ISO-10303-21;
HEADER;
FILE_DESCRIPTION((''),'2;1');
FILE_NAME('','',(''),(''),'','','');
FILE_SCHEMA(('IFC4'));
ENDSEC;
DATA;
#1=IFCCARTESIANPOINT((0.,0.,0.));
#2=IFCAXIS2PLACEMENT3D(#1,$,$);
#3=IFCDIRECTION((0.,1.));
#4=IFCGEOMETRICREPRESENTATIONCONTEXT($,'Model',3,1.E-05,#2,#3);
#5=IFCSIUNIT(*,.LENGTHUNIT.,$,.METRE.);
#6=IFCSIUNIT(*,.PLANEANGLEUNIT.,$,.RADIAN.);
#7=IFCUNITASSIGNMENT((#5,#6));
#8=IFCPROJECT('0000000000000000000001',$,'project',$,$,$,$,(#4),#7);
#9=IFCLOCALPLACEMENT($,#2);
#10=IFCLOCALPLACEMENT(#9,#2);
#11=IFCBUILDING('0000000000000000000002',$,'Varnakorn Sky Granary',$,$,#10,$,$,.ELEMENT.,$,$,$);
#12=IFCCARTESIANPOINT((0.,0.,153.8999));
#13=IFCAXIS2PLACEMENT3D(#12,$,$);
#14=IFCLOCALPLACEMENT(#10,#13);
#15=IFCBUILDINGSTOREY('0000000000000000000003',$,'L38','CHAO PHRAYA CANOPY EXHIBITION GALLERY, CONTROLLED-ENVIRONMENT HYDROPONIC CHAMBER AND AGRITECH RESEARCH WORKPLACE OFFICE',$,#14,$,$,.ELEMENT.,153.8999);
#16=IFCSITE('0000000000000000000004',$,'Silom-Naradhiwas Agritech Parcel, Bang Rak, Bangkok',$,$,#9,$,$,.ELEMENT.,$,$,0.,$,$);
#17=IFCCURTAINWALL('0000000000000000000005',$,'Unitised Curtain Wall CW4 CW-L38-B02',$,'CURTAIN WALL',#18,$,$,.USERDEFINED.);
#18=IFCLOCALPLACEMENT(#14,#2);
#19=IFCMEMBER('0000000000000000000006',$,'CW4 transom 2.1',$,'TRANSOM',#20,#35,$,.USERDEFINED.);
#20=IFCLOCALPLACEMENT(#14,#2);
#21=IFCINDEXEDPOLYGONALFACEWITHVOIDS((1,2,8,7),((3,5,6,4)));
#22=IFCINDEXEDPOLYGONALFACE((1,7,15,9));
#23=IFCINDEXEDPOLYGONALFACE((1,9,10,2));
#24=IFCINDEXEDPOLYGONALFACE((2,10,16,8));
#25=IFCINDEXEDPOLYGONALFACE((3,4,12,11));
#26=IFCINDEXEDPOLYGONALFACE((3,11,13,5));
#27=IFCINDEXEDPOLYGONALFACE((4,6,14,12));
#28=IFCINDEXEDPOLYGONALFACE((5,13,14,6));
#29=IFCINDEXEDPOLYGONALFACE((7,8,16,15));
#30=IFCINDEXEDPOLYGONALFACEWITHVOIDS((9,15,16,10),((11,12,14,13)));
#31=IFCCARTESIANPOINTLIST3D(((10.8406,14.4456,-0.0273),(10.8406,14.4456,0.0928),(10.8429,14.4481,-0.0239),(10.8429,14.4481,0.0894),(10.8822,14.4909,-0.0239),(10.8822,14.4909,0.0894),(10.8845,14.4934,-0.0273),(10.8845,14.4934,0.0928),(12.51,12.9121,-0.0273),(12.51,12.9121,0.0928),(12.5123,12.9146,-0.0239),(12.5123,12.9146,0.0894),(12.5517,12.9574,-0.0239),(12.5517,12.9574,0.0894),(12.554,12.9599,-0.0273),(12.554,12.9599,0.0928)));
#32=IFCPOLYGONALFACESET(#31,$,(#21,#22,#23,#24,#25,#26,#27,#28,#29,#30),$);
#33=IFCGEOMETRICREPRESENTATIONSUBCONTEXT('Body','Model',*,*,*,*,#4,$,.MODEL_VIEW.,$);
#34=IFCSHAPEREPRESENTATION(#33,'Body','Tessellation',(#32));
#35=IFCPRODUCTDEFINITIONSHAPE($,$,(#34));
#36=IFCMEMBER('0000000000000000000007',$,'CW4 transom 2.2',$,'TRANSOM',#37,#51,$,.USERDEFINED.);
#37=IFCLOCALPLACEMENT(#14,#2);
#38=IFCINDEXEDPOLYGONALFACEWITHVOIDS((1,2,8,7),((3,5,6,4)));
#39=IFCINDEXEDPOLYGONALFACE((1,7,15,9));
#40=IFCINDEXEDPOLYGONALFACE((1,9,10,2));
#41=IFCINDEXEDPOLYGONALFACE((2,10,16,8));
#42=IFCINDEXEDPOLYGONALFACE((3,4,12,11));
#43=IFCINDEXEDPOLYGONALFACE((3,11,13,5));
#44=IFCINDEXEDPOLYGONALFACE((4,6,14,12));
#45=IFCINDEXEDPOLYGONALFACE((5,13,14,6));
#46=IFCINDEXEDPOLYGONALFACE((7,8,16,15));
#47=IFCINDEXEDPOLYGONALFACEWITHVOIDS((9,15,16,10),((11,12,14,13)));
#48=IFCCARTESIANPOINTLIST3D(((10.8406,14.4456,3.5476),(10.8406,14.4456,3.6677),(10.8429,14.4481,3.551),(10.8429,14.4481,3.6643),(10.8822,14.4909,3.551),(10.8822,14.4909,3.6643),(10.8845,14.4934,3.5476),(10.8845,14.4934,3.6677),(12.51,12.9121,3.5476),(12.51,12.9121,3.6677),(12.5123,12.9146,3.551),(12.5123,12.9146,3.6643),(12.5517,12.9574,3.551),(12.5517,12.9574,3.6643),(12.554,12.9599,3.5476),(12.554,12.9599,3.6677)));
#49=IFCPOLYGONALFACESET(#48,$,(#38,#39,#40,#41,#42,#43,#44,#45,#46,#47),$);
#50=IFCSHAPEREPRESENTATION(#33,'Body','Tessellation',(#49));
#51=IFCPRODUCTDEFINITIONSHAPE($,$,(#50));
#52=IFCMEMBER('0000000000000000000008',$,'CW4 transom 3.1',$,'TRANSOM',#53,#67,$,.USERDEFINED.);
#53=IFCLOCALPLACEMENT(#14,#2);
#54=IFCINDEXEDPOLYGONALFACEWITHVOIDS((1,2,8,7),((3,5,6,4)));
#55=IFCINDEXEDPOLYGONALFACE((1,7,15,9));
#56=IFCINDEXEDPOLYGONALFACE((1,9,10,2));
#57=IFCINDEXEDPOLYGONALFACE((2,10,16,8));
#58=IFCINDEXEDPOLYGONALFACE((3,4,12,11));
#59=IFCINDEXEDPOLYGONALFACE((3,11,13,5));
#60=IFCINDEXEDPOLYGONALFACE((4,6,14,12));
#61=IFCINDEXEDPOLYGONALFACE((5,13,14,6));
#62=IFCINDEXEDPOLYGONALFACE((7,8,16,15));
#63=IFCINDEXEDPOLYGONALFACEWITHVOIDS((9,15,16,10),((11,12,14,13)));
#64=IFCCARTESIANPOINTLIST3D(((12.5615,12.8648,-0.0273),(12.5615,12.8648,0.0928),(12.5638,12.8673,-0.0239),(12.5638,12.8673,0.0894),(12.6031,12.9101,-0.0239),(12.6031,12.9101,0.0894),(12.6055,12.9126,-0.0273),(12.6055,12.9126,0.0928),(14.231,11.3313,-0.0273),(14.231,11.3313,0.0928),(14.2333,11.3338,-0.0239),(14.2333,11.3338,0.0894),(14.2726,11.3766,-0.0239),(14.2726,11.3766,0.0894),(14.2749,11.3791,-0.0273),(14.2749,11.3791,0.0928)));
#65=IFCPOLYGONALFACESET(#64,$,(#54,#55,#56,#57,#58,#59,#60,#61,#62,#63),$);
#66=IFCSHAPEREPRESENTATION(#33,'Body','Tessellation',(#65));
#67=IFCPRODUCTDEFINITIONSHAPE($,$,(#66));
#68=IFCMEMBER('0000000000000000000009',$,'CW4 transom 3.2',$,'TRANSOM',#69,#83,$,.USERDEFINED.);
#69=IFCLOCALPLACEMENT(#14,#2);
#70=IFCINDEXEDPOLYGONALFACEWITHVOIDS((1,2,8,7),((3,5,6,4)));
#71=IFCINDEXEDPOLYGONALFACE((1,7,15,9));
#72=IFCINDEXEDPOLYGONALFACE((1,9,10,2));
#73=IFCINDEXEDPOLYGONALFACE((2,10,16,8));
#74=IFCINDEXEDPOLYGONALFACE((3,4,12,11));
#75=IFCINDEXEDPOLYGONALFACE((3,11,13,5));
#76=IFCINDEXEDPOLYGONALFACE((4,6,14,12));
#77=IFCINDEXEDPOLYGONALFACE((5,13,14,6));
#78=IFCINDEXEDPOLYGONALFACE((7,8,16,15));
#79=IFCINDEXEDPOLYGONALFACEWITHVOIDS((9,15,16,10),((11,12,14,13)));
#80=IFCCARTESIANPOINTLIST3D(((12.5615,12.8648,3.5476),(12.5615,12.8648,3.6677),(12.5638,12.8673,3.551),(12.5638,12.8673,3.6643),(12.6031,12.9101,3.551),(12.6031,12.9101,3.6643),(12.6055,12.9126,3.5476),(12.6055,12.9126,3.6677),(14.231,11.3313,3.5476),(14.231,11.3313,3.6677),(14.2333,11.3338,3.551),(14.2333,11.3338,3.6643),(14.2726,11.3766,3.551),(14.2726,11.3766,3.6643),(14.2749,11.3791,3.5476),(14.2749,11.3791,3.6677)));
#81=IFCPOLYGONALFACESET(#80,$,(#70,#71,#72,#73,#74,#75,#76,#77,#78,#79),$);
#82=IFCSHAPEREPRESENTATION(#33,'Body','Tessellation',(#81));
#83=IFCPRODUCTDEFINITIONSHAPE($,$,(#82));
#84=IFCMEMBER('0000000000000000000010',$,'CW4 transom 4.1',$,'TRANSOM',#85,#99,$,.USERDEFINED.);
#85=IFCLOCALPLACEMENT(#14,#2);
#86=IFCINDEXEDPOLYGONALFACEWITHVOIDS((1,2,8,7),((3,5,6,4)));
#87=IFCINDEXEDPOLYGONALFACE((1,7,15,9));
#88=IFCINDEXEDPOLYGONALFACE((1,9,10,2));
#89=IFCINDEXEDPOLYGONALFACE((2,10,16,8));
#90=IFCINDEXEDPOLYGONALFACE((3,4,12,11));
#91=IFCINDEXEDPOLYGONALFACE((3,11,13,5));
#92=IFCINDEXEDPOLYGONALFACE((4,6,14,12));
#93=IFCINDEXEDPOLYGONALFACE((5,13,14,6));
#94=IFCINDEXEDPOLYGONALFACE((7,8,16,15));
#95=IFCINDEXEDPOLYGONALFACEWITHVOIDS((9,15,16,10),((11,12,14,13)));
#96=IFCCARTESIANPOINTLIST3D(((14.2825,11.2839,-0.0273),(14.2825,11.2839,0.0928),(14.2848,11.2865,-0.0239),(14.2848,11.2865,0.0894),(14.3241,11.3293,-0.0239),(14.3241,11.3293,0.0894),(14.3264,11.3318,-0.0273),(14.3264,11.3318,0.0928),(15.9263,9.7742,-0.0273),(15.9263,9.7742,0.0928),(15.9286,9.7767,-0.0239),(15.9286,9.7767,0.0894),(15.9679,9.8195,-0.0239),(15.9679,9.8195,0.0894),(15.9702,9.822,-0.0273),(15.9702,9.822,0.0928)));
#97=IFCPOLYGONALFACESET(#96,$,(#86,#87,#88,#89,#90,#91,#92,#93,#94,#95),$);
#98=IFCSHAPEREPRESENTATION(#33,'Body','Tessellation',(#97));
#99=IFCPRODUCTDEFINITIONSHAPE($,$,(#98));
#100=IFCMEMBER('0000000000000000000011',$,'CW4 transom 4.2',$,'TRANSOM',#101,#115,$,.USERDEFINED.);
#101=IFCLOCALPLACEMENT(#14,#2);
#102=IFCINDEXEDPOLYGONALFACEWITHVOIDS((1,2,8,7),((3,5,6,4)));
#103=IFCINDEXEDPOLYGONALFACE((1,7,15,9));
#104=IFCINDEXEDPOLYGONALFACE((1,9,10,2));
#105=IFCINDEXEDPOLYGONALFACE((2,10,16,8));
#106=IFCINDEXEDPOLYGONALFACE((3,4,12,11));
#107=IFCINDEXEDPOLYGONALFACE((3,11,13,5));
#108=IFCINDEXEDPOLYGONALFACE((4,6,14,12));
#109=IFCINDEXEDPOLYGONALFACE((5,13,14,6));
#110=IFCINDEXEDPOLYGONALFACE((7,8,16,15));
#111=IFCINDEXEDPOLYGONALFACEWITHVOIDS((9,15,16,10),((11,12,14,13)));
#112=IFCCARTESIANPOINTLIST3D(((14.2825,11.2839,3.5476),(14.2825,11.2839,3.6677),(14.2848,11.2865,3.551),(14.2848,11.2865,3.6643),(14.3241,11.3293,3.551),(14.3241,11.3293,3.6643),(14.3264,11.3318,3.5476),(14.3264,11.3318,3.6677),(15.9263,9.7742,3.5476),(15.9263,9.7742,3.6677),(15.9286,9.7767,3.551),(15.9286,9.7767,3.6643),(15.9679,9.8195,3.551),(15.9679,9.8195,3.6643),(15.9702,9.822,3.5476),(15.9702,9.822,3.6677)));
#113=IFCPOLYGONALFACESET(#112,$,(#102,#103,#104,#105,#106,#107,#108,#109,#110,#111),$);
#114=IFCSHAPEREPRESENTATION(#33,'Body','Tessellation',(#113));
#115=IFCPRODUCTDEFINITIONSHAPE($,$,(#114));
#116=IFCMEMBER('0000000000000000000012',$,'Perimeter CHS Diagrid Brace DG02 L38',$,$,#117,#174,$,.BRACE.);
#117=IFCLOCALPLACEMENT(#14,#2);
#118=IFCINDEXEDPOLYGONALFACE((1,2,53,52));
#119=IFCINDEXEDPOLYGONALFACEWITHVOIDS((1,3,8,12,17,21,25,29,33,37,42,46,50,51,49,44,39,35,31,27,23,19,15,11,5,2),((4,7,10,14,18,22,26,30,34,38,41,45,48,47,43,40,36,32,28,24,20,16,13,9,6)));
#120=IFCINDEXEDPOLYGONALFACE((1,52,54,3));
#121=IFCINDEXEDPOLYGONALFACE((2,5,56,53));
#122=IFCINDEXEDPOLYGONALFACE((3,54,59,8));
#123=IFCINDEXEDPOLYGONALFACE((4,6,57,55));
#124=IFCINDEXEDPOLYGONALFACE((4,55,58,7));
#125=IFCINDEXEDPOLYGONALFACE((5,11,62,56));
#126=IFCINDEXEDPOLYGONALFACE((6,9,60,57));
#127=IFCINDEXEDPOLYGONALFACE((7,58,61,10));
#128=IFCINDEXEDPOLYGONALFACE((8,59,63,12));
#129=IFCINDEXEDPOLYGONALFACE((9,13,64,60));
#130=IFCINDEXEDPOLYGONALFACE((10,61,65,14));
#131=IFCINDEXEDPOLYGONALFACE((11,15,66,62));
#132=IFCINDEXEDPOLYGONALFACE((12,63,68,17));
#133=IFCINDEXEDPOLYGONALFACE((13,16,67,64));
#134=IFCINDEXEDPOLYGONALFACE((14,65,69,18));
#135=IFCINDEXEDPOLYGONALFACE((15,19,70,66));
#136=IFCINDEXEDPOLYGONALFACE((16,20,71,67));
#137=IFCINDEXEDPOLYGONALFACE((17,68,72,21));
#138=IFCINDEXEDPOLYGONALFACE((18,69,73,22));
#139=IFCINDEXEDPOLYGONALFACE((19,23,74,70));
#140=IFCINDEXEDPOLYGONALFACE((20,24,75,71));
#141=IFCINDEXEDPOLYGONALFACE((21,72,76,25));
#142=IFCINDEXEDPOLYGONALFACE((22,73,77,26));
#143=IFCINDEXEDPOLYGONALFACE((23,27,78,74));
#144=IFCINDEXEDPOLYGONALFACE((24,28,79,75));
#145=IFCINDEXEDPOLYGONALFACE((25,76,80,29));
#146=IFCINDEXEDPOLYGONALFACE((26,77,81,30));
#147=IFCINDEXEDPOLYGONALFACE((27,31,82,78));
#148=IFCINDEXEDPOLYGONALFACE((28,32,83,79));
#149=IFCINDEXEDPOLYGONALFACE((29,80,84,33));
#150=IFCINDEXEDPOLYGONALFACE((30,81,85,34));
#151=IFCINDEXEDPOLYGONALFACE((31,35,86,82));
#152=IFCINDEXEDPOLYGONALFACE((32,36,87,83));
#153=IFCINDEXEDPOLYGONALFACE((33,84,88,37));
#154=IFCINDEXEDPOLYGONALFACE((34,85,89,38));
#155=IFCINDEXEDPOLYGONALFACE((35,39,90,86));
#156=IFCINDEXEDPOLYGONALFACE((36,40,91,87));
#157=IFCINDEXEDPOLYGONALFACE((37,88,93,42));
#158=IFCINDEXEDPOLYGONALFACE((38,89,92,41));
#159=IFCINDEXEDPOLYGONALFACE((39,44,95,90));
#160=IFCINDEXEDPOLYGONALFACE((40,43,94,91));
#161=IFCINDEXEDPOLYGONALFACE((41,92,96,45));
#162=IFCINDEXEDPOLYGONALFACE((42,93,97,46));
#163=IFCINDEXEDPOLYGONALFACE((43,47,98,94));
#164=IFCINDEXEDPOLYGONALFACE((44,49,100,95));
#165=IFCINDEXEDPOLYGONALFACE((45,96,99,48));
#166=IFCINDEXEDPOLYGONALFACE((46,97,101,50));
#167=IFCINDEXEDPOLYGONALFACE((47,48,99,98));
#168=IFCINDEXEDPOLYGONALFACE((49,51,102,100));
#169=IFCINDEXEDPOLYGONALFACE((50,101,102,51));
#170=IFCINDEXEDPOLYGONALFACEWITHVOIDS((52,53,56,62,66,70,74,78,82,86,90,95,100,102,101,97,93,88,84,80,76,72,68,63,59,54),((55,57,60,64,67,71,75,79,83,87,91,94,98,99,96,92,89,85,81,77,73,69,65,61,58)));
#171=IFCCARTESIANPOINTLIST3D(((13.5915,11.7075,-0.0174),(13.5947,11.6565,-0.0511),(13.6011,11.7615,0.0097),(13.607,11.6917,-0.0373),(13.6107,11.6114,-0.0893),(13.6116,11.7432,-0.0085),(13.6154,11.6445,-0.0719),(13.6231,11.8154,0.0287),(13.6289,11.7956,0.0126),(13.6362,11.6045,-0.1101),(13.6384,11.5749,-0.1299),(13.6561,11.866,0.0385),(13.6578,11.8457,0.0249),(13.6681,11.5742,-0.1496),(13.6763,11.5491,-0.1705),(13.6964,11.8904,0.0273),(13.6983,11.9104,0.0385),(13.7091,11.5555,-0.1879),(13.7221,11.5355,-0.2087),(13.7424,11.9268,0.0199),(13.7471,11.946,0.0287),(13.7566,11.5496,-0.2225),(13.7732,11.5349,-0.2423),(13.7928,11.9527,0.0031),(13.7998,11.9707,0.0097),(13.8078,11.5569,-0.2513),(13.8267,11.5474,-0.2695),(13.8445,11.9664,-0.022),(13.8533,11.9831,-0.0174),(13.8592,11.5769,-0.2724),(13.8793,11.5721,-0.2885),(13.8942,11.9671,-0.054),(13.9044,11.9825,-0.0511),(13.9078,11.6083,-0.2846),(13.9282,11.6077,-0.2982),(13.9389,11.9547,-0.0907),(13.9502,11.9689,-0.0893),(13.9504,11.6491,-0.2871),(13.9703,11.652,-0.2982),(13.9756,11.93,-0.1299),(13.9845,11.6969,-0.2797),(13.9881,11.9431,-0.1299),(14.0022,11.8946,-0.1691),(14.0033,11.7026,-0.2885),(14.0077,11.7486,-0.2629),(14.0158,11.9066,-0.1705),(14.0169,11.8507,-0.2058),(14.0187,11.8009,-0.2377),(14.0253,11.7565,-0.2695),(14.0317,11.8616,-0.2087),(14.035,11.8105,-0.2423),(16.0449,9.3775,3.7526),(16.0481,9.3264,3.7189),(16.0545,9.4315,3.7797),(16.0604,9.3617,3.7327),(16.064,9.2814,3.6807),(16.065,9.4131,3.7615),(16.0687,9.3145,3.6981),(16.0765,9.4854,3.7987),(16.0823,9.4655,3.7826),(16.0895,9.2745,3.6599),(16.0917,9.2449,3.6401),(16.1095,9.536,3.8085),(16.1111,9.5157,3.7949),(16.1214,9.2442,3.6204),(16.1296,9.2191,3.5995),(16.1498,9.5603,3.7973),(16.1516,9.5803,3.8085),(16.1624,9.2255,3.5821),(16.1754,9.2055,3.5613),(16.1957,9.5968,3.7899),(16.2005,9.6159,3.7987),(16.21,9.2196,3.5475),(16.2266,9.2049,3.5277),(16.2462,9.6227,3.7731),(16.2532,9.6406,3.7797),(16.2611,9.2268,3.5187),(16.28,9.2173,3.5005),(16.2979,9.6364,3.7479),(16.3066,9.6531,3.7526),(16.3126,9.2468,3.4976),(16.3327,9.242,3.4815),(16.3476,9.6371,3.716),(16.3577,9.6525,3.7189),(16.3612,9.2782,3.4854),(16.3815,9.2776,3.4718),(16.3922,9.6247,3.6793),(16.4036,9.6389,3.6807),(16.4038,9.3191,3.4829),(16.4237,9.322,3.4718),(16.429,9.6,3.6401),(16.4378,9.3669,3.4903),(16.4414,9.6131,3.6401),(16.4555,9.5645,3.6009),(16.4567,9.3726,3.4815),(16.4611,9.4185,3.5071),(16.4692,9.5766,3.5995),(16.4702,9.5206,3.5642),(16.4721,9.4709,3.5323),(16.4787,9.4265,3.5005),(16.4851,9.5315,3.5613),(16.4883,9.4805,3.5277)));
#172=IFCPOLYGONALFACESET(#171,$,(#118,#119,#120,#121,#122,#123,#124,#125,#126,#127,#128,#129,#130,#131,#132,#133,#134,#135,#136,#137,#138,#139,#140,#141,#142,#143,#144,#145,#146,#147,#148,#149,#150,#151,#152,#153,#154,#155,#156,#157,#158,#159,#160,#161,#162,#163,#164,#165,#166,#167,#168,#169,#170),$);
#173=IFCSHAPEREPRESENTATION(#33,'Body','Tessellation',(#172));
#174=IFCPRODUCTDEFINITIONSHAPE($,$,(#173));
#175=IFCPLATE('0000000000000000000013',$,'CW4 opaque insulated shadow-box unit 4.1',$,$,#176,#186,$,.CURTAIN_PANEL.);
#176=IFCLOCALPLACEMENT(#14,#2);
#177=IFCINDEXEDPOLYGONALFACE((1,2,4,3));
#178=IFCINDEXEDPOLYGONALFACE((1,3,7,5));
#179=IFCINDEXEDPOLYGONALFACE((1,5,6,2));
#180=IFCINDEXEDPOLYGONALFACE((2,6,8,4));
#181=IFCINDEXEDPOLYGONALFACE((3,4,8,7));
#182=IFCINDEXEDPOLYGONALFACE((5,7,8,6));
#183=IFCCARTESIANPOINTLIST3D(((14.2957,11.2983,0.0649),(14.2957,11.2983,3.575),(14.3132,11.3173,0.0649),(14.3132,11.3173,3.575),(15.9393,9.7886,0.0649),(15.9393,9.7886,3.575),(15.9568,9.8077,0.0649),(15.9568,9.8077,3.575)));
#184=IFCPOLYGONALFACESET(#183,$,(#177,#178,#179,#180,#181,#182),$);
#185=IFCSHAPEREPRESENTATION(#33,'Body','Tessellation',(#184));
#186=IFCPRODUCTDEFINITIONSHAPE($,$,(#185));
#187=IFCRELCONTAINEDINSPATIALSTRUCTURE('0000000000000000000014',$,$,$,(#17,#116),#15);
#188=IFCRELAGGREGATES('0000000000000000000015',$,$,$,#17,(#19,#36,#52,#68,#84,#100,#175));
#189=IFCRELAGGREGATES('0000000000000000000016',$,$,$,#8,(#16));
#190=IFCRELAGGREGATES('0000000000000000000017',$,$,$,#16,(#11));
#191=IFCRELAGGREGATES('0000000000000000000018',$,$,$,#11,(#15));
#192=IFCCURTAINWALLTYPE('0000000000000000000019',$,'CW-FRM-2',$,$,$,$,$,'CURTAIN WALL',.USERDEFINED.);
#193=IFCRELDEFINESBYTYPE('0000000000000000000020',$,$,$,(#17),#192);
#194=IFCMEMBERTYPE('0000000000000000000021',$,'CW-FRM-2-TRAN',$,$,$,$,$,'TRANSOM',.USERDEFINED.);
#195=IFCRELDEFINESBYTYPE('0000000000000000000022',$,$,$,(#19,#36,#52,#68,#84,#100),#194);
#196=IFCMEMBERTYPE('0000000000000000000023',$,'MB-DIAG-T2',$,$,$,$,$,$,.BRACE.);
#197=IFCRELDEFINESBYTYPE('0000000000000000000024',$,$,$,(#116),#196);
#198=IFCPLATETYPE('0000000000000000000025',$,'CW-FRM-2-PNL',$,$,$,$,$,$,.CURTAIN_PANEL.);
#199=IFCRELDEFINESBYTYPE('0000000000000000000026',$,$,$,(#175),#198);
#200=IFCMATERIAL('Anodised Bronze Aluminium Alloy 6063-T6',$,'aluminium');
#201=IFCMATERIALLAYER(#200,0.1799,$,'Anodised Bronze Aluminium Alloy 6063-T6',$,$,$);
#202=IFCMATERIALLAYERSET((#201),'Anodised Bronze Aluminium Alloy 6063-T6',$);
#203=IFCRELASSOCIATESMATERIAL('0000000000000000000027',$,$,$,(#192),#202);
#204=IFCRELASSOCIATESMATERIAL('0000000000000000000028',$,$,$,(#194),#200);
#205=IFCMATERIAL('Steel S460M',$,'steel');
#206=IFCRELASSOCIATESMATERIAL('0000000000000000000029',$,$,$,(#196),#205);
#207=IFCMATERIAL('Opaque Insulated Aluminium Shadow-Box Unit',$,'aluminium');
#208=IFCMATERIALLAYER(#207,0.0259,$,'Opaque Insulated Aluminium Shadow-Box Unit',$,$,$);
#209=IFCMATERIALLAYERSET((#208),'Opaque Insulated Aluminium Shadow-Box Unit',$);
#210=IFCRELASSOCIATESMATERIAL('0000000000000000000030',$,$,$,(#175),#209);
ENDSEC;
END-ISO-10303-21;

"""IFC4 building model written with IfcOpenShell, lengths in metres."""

from ifc_helpers import new_model, si_unit, direction, frame, origin, origin_2d, place, context, subcontext, project, spatial, rectangle, hollow_rectangle, hollow_circle, extrude, source, transform, mapped, material, layer, layer_set, material_profile, profile_set, type_object, element, aggregate, save


model = new_model("IFC4")

# Units and contexts
model_context = context("Model", 3, precision=1e-05, world=origin(), true_north=direction((0.0, 1.0)))
body_context = subcontext(model_context, "Body", "Model", "MODEL_VIEW")
ifc_project = project(units=[si_unit("LENGTHUNIT", "METRE"), si_unit("PLANEANGLEUNIT", "RADIAN")], contexts=[model_context])

# Site, building, storey
site_placement = place(None, origin())
site = spatial("IfcSite", under=ifc_project, at=site_placement, Name="Silom-Naradhiwas Agritech Parcel, Bang Rak, Bangkok", CompositionType="ELEMENT", RefElevation=0.0)
building_placement = place(site_placement, origin())
building = spatial("IfcBuilding", under=site, at=building_placement, Name="Varnakorn Sky Granary", CompositionType="ELEMENT")
storey_placement = place(building_placement, frame((0.0, 0.0, 153.8999)))
storey = spatial("IfcBuildingStorey", under=building, at=storey_placement, Name="L38", Description="CHAO PHRAYA CANOPY EXHIBITION GALLERY, CONTROLLED-ENVIRONMENT HYDROPONIC CHAMBER AND AGRITECH RESEARCH WORKPLACE OFFICE", CompositionType="ELEMENT", Elevation=153.8999)

# Shared definitions
ifc_material_1 = material(Name="Steel S460M", Category="steel")

# Curtain wall, members
ifc_material_2 = material(Name="Anodised Bronze Aluminium Alloy 6063-T6", Category="aluminium")
ifc_layer_1 = layer(ifc_material_2, 0.1799, Name="Anodised Bronze Aluminium Alloy 6063-T6")
ifc_layer_set_1 = layer_set([ifc_layer_1], Name="Anodised Bronze Aluminium Alloy 6063-T6")
curtain_wall_type = type_object("IfcCurtainWallType", Name="CW-FRM-2", ElementType="CURTAIN WALL", PredefinedType="USERDEFINED", material=ifc_layer_set_1)
curtain_wall_placement = place(storey_placement, origin())
curtain_wall = element("IfcCurtainWall", 1, at=curtain_wall_placement, inside=storey, type_object=curtain_wall_type, Name="Unitised Curtain Wall CW4 CW-L38-B02", ObjectType="CURTAIN WALL", PredefinedType="USERDEFINED")
ifc_material_profile_1 = material_profile(ifc_material_2, hollow_rectangle(XDim=0.0649, YDim=0.1201, WallThickness=0.0034, at=origin_2d()), Name="ALU TRAN 65x120")
ifc_profile_set_1 = profile_set([ifc_material_profile_1], Name="Anodised Bronze Aluminium Alloy 6063-T6")
member_type_1 = type_object("IfcMemberType", Name="CW-FRM-2-TRAN", ElementType="TRANSOM", PredefinedType="USERDEFINED", material=ifc_profile_set_1)
member_1_placement = place(storey_placement, frame((10.8625, 14.4695, 0.0327), z_axis=(0.736465, -0.676475, 0.0), x_axis=(0.676475, 0.736465, 0.0)))
member_1 = element("IfcMember", 2, at=member_1_placement, type_object=member_type_1, Name="CW4 transom 2.1", ObjectType="TRANSOM", PredefinedType="USERDEFINED", context=body_context, shape_type="SweptSolid", body=[
    extrude(hollow_rectangle(XDim=0.0649, YDim=0.1201, WallThickness=0.0034, at=origin_2d()), origin(), (0.0, 0.0, 1.0), 2.2668),
])
member_2_placement = place(storey_placement, frame((10.8625, 14.4695, 3.6077), z_axis=(0.736465, -0.676475, 0.0), x_axis=(0.676475, 0.736465, 0.0)))
member_2 = element("IfcMember", 3, at=member_2_placement, type_object=member_type_1, Name="CW4 transom 2.2", ObjectType="TRANSOM", PredefinedType="USERDEFINED", context=body_context, shape_type="SweptSolid", body=[
    extrude(hollow_rectangle(XDim=0.0649, YDim=0.1201, WallThickness=0.0034, at=origin_2d()), origin(), (0.0, 0.0, 1.0), 2.2668),
])
member_3_placement = place(storey_placement, frame((12.5835, 12.8887, 0.0327), z_axis=(0.736465, -0.676475, 0.0), x_axis=(0.676475, 0.736465, 0.0)))
member_3 = element("IfcMember", 4, at=member_3_placement, type_object=member_type_1, Name="CW4 transom 3.1", ObjectType="TRANSOM", PredefinedType="USERDEFINED", context=body_context, shape_type="SweptSolid", body=[
    extrude(hollow_rectangle(XDim=0.0649, YDim=0.1201, WallThickness=0.0034, at=origin_2d()), origin(), (0.0, 0.0, 1.0), 2.2668),
])
member_4_placement = place(storey_placement, frame((12.5835, 12.8887, 3.6077), z_axis=(0.736465, -0.676475, 0.0), x_axis=(0.676475, 0.736465, 0.0)))
member_4 = element("IfcMember", 5, at=member_4_placement, type_object=member_type_1, Name="CW4 transom 3.2", ObjectType="TRANSOM", PredefinedType="USERDEFINED", context=body_context, shape_type="SweptSolid", body=[
    extrude(hollow_rectangle(XDim=0.0649, YDim=0.1201, WallThickness=0.0034, at=origin_2d()), origin(), (0.0, 0.0, 1.0), 2.2668),
])
member_5_placement = place(storey_placement, frame((14.3044, 11.3079, 0.0327), z_axis=(0.736495, -0.676443, 0.0), x_axis=(0.676443, 0.736495, 0.0)))
member_5 = element("IfcMember", 6, at=member_5_placement, type_object=member_type_1, Name="CW4 transom 4.1", ObjectType="TRANSOM", PredefinedType="USERDEFINED", context=body_context, shape_type="SweptSolid", body=[
    extrude(hollow_rectangle(XDim=0.0649, YDim=0.1201, WallThickness=0.0034, at=origin_2d()), origin(), (0.0, 0.0, 1.0), 2.2319),
])
member_6_placement = place(storey_placement, frame((14.3044, 11.3079, 3.6077), z_axis=(0.736495, -0.676443, 0.0), x_axis=(0.676443, 0.736495, 0.0)))
member_6 = element("IfcMember", 7, at=member_6_placement, type_object=member_type_1, Name="CW4 transom 4.2", ObjectType="TRANSOM", PredefinedType="USERDEFINED", context=body_context, shape_type="SweptSolid", body=[
    extrude(hollow_rectangle(XDim=0.0649, YDim=0.1201, WallThickness=0.0034, at=origin_2d()), origin(), (0.0, 0.0, 1.0), 2.2319),
])

# Member
ifc_material_profile_2 = material_profile(ifc_material_1, hollow_circle(Radius=0.2539, WallThickness=0.0181, at=origin_2d()), Name="CHS 508x18")
ifc_profile_set_2 = profile_set([ifc_material_profile_2], Name="Steel S460M")
member_type_2 = type_object("IfcMemberType", Name="MB-DIAG-T2", PredefinedType="BRACE", material=ifc_profile_set_2)
member_7_placement = place(storey_placement, frame((13.8132, 11.759, -0.1299), z_axis=(0.48431, -0.459971, 0.744225), x_axis=(0.688653, 0.725091, 0.0)))
element("IfcMember", 8, at=member_7_placement, inside=storey, type_object=member_type_2, Name="Perimeter CHS Diagrid Brace DG02 L38", PredefinedType="BRACE", context=body_context, shape_type="SweptSolid", body=[
    extrude(hollow_circle(Radius=0.2539, WallThickness=0.0181, at=origin_2d()), origin(), (0.0, 0.0, 1.0), 5.0657),
])

# Plate
ifc_material_3 = material(Name="Opaque Insulated Aluminium Shadow-Box Unit", Category="aluminium")
ifc_layer_2 = layer(ifc_material_3, 0.0259, Name="Opaque Insulated Aluminium Shadow-Box Unit")
ifc_layer_set_2 = layer_set([ifc_layer_2], Name="Opaque Insulated Aluminium Shadow-Box Unit")
plate_type = type_object("IfcPlateType", Name="CW-FRM-2-PNL", PredefinedType="CURTAIN_PANEL")
shared_shape_1 = source(origin(), body_context, "Body", "SweptSolid", [
    extrude(rectangle(XDim=2.2317, YDim=0.0259, at=origin_2d()), origin(), (0.0, 0.0, 1.0), 3.51),
])
plate_1_placement = place(storey_placement, frame((15.1262, 10.553, 0.0649), z_axis=(0.0, 0.0, 1.0), x_axis=(0.736469, -0.676472, 0.0)))
plate_1 = element("IfcPlate", 9, at=plate_1_placement, type_object=plate_type, material=ifc_layer_set_2, Name="CW4 opaque insulated shadow-box unit 4.1", PredefinedType="CURTAIN_PANEL", context=body_context, shape_type="MappedRepresentation", body=[
    mapped(shared_shape_1, transform((0.0, 0.0, 0.0), x_axis=(1.0, 0.0, 0.0), y_axis=(0.0, 1.0, 0.0), z_axis=(0.0, 0.0, 1.0), scale=1.0)),
])
aggregate(curtain_wall, [member_1, member_2, member_3, member_4, member_5, member_6, plate_1])

save(model, "model.ifc")
